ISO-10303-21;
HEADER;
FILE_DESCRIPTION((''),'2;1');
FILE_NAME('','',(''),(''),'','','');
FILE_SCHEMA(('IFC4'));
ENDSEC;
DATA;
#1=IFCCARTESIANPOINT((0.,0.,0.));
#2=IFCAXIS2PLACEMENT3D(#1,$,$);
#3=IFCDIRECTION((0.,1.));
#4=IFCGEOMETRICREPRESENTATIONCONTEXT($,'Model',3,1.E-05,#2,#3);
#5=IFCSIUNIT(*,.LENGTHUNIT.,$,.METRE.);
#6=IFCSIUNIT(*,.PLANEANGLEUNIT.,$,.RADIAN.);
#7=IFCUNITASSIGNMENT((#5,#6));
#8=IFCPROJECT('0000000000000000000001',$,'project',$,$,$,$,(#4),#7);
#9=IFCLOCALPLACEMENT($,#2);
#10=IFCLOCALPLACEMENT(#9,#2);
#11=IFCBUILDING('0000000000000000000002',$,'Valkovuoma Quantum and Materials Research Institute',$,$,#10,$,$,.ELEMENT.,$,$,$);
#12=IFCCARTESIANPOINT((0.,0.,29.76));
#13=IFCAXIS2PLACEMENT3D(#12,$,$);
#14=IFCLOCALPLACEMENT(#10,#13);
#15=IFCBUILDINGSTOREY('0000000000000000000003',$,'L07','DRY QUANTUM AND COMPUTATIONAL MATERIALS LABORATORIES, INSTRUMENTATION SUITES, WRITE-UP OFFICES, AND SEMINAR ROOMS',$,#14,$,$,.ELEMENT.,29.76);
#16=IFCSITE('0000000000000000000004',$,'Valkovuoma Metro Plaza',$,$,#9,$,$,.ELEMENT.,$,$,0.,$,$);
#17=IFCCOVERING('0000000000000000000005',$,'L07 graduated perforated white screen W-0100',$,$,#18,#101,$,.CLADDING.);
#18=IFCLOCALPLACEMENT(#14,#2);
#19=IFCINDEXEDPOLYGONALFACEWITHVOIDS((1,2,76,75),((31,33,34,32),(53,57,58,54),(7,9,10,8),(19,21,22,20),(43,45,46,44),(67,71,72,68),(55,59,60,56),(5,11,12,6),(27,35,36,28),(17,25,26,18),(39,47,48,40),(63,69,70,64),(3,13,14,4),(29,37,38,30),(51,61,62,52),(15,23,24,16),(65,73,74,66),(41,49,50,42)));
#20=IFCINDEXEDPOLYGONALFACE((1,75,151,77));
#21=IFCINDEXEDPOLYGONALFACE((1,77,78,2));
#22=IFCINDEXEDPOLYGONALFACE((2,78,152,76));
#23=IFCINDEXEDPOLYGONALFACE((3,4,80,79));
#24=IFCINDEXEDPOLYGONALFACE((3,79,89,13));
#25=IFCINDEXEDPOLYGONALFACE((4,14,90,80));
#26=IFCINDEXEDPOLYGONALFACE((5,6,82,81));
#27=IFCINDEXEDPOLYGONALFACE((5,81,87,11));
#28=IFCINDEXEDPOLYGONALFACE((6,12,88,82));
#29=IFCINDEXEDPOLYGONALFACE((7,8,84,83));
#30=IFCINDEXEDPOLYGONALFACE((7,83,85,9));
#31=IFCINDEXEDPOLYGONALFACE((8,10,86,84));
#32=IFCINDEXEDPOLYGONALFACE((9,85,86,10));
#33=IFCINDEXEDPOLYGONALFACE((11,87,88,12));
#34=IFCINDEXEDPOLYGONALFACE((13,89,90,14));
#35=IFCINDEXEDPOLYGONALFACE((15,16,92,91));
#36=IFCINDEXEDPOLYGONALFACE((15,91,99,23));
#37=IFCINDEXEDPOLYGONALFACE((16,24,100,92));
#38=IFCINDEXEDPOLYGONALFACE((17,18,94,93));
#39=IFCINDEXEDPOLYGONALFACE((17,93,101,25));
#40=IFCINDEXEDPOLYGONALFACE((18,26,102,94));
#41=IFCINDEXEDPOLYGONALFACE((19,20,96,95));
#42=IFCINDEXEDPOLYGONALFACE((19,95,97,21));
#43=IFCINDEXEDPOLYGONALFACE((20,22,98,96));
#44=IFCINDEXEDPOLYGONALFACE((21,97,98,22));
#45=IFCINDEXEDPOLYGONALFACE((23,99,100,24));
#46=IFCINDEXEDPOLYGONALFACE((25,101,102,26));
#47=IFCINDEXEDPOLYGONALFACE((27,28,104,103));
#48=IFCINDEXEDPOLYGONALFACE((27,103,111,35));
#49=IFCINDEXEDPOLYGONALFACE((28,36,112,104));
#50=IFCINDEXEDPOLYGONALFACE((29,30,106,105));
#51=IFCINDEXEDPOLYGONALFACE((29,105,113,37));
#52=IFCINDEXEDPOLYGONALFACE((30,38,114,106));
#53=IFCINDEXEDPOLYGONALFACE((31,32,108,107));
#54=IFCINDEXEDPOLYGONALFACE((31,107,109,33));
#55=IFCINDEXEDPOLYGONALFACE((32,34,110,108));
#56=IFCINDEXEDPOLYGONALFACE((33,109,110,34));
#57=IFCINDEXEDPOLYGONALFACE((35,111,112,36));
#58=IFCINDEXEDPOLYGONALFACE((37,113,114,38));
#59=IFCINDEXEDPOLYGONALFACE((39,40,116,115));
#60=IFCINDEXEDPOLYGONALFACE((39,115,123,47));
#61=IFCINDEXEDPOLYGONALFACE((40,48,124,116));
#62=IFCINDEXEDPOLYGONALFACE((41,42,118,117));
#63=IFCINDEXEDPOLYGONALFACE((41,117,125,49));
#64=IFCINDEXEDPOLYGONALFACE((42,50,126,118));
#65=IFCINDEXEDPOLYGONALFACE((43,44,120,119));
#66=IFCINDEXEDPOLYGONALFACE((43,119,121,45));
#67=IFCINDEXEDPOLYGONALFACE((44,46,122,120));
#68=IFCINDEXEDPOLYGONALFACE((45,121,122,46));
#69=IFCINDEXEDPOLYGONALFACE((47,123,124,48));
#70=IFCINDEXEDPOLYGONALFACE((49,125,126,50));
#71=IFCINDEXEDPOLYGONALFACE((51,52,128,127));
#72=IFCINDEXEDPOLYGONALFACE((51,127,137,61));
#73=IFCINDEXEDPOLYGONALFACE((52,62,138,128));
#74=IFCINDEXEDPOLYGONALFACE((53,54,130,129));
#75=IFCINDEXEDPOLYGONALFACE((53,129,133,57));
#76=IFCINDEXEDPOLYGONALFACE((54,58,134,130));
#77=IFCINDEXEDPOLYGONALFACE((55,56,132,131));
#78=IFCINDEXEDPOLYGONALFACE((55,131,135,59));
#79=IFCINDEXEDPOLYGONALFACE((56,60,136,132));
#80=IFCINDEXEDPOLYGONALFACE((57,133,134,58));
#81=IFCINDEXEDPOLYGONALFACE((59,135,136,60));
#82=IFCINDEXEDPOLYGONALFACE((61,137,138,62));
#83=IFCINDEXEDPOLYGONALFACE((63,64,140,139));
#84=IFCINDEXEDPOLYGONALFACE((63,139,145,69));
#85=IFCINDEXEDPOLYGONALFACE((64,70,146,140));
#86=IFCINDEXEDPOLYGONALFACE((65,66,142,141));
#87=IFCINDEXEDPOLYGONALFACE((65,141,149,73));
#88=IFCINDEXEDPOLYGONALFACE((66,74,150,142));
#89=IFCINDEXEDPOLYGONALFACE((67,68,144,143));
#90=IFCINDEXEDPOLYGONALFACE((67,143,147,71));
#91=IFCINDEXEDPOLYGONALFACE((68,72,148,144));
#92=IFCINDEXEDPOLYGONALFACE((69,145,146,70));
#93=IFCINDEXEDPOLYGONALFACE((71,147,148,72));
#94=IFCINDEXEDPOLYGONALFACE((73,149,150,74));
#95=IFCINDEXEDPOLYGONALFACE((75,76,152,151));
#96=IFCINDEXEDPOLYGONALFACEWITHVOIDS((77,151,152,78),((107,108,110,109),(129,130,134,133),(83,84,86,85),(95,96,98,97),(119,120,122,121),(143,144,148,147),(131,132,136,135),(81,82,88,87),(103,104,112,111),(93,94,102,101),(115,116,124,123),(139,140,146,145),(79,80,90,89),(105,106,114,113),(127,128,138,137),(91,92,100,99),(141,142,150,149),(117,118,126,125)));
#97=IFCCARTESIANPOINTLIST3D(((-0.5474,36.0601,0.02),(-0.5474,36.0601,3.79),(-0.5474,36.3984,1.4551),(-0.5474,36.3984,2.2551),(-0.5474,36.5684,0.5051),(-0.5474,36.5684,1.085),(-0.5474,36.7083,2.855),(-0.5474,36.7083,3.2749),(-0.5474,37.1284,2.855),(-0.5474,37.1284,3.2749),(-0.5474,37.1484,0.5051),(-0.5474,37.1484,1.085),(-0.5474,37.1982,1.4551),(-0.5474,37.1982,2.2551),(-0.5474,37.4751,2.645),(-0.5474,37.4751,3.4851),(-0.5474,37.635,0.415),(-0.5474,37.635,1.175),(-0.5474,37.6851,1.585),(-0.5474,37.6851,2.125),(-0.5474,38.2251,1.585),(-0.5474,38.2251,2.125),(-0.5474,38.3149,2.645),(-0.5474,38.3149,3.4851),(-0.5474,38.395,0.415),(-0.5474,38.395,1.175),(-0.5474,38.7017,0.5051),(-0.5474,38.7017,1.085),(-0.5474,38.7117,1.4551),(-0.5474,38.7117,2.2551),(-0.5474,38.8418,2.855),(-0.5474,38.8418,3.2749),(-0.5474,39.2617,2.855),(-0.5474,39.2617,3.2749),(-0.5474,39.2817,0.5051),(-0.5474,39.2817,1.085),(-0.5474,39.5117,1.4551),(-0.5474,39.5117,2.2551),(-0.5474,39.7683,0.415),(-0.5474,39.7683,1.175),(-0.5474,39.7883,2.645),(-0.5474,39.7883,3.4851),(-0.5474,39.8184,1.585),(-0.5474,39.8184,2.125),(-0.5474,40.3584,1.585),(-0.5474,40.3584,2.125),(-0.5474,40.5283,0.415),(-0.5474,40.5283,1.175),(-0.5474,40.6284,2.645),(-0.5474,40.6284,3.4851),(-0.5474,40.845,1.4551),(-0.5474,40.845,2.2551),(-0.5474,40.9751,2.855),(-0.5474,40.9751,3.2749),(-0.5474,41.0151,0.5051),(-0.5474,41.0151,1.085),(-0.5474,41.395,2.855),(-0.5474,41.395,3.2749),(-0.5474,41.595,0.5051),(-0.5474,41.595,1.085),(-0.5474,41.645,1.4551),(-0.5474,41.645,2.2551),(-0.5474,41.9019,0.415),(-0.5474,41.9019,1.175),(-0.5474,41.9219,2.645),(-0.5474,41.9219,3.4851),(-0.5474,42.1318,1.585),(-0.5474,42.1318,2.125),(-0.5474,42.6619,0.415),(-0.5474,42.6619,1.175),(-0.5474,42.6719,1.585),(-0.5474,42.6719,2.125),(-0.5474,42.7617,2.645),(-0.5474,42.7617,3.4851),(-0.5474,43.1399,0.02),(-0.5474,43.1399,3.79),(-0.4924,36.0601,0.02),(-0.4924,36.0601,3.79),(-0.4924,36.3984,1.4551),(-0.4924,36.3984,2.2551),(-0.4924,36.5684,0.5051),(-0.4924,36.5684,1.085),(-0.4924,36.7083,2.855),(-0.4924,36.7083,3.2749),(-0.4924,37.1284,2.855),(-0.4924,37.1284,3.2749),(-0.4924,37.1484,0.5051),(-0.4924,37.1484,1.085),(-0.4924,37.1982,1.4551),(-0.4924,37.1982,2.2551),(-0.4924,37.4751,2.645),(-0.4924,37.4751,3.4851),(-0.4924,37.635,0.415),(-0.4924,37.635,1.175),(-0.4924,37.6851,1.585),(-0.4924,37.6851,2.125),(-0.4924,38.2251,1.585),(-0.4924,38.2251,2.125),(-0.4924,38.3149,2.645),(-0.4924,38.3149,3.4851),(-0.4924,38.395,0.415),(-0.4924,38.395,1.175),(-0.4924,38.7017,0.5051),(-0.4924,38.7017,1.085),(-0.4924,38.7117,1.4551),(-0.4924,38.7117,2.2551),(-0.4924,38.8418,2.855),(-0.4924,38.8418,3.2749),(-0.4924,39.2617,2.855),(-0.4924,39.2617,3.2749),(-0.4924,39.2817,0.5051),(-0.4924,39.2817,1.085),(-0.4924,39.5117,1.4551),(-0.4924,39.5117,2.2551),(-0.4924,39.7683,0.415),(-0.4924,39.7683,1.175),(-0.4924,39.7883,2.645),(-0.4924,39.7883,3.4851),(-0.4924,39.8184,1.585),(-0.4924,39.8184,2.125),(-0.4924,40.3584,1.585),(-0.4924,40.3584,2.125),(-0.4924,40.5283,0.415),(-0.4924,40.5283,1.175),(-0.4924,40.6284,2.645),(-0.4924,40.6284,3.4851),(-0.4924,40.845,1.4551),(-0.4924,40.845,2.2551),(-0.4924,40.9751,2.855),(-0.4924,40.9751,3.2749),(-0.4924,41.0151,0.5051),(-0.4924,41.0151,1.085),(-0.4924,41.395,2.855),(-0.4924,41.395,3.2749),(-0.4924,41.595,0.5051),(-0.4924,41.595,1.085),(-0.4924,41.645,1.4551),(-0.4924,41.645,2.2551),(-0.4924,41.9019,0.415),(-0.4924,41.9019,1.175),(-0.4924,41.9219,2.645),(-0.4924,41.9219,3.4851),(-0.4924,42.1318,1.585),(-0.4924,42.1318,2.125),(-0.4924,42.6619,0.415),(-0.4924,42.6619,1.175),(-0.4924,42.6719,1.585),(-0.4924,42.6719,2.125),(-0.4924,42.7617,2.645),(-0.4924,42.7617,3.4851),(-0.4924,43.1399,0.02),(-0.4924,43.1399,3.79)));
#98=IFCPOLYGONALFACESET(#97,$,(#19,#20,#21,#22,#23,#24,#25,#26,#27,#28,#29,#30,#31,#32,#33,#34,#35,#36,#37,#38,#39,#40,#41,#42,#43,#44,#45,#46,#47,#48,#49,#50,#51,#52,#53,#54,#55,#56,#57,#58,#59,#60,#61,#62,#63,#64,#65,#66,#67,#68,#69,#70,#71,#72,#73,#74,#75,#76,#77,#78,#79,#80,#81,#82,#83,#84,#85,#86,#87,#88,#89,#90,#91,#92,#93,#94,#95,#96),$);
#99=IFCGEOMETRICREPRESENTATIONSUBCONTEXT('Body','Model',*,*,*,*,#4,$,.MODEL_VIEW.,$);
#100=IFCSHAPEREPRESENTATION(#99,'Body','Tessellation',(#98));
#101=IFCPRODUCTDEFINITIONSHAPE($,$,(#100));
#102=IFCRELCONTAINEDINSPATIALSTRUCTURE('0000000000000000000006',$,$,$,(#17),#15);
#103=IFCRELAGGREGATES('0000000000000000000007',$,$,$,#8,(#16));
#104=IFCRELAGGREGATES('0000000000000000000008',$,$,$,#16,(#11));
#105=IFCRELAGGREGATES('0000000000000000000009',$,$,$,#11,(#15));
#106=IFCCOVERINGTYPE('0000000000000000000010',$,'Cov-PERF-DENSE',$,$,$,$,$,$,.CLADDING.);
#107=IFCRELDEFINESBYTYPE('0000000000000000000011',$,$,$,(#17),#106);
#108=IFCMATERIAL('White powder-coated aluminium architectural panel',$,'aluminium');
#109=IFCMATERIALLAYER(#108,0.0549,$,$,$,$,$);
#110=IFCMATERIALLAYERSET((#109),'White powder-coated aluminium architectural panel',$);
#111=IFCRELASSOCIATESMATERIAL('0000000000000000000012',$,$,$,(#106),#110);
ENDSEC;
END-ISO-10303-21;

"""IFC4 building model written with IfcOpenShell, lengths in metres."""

from ifc_helpers import new_model, si_unit, direction, frame, origin, place, context, subcontext, project, spatial, polyline, outline, extrude, material, layer, layer_set, type_object, element, save


model = new_model("IFC4")

# Units and contexts
model_context = context("Model", 3, precision=1e-05, world=origin(), true_north=direction((0.0, 1.0)))
body_context = subcontext(model_context, "Body", "Model", "MODEL_VIEW")
ifc_project = project(units=[si_unit("LENGTHUNIT", "METRE"), si_unit("PLANEANGLEUNIT", "RADIAN")], contexts=[model_context])

# Site, building, storey
site_placement = place(None, origin())
site = spatial("IfcSite", under=ifc_project, at=site_placement, Name="Valkovuoma Metro Plaza", CompositionType="ELEMENT", RefElevation=0.0)
building_placement = place(site_placement, origin())
building = spatial("IfcBuilding", under=site, at=building_placement, Name="Valkovuoma Quantum and Materials Research Institute", CompositionType="ELEMENT")
storey_placement = place(building_placement, frame((0.0, 0.0, 29.76)))
storey = spatial("IfcBuildingStorey", under=building, at=storey_placement, Name="L07", Description="DRY QUANTUM AND COMPUTATIONAL MATERIALS LABORATORIES, INSTRUMENTATION SUITES, WRITE-UP OFFICES, AND SEMINAR ROOMS", CompositionType="ELEMENT", Elevation=29.76)

# Covering
ifc_material_1 = material(Name="White powder-coated aluminium architectural panel", Category="aluminium")
ifc_layer_1 = layer(ifc_material_1, 0.0549)
ifc_layer_set_1 = layer_set([ifc_layer_1], Name="White powder-coated aluminium architectural panel")
covering_type = type_object("IfcCoveringType", Name="Cov-PERF-DENSE", PredefinedType="CLADDING", material=ifc_layer_set_1)
covering_placement = place(storey_placement, frame((-0.52, 36.0601, 0.02), z_axis=(0.0, 0.0, 1.0), x_axis=(0.0, 1.0, 0.0)))
element("IfcCovering", 1, at=covering_placement, inside=storey, type_object=covering_type, Name="L07 graduated perforated white screen W-0100", PredefinedType="CLADDING", context=body_context, shape_type="SweptSolid", body=[
    extrude(outline(polyline([(0.0, 0.0), (7.0798, 0.0), (7.0798, 3.77), (0.0, 3.77), (0.0, 0.0)]), holes=[polyline([(0.5083, 0.4851), (0.5083, 1.0649), (1.0884, 1.0649), (1.0884, 0.4851), (0.5083, 0.4851)]), polyline([(0.3384, 1.4351), (0.3384, 2.2351), (1.1382, 2.2351), (1.1382, 1.4351), (0.3384, 1.4351)]), polyline([(0.6482, 2.835), (0.6482, 3.2549), (1.0684, 3.2549), (1.0684, 2.835), (0.6482, 2.835)]), polyline([(1.575, 0.395), (1.575, 1.155), (2.335, 1.155), (2.335, 0.395), (1.575, 0.395)]), polyline([(1.625, 1.5649), (1.625, 2.105), (2.165, 2.105), (2.165, 1.5649), (1.625, 1.5649)]), polyline([(1.415, 2.625), (1.415, 3.4651), (2.2549, 3.4651), (2.2549, 2.625), (1.415, 2.625)]), polyline([(2.6416, 0.4851), (2.6416, 1.0649), (3.2217, 1.0649), (3.2217, 0.4851), (2.6416, 0.4851)]), polyline([(2.6516, 1.4351), (2.6516, 2.2351), (3.4517, 2.2351), (3.4517, 1.4351), (2.6516, 1.4351)]), polyline([(2.7817, 2.835), (2.7817, 3.2549), (3.2017, 3.2549), (3.2017, 2.835), (2.7817, 2.835)]), polyline([(3.7083, 0.395), (3.7083, 1.155), (4.4683, 1.155), (4.4683, 0.395), (3.7083, 0.395)]), polyline([(3.7583, 1.5649), (3.7583, 2.105), (4.2983, 2.105), (4.2983, 1.5649), (3.7583, 1.5649)]), polyline([(3.7283, 2.625), (3.7283, 3.4651), (4.5684, 3.4651), (4.5684, 2.625), (3.7283, 2.625)]), polyline([(4.9551, 0.4851), (4.9551, 1.0649), (5.5349, 1.0649), (5.5349, 0.4851), (4.9551, 0.4851)]), polyline([(4.7849, 1.4351), (4.7849, 2.2351), (5.585, 2.2351), (5.585, 1.4351), (4.7849, 1.4351)]), polyline([(4.915, 2.835), (4.915, 3.2549), (5.335, 3.2549), (5.335, 2.835), (4.915, 2.835)]), polyline([(5.8418, 0.395), (5.8418, 1.155), (6.6018, 1.155), (6.6018, 0.395), (5.8418, 0.395)]), polyline([(6.0718, 1.5649), (6.0718, 2.105), (6.6118, 2.105), (6.6118, 1.5649), (6.0718, 1.5649)]), polyline([(5.8618, 2.625), (5.8618, 3.4651), (6.7017, 3.4651), (6.7017, 2.625), (5.8618, 2.625)])]), frame((0.0, 0.0273, 0.0), z_axis=(0.0, -1.0, 0.0), x_axis=(1.0, 0.0, 0.0)), (0.0, 0.0, 1.0), 0.0549),
])

save(model, "model.ifc")
